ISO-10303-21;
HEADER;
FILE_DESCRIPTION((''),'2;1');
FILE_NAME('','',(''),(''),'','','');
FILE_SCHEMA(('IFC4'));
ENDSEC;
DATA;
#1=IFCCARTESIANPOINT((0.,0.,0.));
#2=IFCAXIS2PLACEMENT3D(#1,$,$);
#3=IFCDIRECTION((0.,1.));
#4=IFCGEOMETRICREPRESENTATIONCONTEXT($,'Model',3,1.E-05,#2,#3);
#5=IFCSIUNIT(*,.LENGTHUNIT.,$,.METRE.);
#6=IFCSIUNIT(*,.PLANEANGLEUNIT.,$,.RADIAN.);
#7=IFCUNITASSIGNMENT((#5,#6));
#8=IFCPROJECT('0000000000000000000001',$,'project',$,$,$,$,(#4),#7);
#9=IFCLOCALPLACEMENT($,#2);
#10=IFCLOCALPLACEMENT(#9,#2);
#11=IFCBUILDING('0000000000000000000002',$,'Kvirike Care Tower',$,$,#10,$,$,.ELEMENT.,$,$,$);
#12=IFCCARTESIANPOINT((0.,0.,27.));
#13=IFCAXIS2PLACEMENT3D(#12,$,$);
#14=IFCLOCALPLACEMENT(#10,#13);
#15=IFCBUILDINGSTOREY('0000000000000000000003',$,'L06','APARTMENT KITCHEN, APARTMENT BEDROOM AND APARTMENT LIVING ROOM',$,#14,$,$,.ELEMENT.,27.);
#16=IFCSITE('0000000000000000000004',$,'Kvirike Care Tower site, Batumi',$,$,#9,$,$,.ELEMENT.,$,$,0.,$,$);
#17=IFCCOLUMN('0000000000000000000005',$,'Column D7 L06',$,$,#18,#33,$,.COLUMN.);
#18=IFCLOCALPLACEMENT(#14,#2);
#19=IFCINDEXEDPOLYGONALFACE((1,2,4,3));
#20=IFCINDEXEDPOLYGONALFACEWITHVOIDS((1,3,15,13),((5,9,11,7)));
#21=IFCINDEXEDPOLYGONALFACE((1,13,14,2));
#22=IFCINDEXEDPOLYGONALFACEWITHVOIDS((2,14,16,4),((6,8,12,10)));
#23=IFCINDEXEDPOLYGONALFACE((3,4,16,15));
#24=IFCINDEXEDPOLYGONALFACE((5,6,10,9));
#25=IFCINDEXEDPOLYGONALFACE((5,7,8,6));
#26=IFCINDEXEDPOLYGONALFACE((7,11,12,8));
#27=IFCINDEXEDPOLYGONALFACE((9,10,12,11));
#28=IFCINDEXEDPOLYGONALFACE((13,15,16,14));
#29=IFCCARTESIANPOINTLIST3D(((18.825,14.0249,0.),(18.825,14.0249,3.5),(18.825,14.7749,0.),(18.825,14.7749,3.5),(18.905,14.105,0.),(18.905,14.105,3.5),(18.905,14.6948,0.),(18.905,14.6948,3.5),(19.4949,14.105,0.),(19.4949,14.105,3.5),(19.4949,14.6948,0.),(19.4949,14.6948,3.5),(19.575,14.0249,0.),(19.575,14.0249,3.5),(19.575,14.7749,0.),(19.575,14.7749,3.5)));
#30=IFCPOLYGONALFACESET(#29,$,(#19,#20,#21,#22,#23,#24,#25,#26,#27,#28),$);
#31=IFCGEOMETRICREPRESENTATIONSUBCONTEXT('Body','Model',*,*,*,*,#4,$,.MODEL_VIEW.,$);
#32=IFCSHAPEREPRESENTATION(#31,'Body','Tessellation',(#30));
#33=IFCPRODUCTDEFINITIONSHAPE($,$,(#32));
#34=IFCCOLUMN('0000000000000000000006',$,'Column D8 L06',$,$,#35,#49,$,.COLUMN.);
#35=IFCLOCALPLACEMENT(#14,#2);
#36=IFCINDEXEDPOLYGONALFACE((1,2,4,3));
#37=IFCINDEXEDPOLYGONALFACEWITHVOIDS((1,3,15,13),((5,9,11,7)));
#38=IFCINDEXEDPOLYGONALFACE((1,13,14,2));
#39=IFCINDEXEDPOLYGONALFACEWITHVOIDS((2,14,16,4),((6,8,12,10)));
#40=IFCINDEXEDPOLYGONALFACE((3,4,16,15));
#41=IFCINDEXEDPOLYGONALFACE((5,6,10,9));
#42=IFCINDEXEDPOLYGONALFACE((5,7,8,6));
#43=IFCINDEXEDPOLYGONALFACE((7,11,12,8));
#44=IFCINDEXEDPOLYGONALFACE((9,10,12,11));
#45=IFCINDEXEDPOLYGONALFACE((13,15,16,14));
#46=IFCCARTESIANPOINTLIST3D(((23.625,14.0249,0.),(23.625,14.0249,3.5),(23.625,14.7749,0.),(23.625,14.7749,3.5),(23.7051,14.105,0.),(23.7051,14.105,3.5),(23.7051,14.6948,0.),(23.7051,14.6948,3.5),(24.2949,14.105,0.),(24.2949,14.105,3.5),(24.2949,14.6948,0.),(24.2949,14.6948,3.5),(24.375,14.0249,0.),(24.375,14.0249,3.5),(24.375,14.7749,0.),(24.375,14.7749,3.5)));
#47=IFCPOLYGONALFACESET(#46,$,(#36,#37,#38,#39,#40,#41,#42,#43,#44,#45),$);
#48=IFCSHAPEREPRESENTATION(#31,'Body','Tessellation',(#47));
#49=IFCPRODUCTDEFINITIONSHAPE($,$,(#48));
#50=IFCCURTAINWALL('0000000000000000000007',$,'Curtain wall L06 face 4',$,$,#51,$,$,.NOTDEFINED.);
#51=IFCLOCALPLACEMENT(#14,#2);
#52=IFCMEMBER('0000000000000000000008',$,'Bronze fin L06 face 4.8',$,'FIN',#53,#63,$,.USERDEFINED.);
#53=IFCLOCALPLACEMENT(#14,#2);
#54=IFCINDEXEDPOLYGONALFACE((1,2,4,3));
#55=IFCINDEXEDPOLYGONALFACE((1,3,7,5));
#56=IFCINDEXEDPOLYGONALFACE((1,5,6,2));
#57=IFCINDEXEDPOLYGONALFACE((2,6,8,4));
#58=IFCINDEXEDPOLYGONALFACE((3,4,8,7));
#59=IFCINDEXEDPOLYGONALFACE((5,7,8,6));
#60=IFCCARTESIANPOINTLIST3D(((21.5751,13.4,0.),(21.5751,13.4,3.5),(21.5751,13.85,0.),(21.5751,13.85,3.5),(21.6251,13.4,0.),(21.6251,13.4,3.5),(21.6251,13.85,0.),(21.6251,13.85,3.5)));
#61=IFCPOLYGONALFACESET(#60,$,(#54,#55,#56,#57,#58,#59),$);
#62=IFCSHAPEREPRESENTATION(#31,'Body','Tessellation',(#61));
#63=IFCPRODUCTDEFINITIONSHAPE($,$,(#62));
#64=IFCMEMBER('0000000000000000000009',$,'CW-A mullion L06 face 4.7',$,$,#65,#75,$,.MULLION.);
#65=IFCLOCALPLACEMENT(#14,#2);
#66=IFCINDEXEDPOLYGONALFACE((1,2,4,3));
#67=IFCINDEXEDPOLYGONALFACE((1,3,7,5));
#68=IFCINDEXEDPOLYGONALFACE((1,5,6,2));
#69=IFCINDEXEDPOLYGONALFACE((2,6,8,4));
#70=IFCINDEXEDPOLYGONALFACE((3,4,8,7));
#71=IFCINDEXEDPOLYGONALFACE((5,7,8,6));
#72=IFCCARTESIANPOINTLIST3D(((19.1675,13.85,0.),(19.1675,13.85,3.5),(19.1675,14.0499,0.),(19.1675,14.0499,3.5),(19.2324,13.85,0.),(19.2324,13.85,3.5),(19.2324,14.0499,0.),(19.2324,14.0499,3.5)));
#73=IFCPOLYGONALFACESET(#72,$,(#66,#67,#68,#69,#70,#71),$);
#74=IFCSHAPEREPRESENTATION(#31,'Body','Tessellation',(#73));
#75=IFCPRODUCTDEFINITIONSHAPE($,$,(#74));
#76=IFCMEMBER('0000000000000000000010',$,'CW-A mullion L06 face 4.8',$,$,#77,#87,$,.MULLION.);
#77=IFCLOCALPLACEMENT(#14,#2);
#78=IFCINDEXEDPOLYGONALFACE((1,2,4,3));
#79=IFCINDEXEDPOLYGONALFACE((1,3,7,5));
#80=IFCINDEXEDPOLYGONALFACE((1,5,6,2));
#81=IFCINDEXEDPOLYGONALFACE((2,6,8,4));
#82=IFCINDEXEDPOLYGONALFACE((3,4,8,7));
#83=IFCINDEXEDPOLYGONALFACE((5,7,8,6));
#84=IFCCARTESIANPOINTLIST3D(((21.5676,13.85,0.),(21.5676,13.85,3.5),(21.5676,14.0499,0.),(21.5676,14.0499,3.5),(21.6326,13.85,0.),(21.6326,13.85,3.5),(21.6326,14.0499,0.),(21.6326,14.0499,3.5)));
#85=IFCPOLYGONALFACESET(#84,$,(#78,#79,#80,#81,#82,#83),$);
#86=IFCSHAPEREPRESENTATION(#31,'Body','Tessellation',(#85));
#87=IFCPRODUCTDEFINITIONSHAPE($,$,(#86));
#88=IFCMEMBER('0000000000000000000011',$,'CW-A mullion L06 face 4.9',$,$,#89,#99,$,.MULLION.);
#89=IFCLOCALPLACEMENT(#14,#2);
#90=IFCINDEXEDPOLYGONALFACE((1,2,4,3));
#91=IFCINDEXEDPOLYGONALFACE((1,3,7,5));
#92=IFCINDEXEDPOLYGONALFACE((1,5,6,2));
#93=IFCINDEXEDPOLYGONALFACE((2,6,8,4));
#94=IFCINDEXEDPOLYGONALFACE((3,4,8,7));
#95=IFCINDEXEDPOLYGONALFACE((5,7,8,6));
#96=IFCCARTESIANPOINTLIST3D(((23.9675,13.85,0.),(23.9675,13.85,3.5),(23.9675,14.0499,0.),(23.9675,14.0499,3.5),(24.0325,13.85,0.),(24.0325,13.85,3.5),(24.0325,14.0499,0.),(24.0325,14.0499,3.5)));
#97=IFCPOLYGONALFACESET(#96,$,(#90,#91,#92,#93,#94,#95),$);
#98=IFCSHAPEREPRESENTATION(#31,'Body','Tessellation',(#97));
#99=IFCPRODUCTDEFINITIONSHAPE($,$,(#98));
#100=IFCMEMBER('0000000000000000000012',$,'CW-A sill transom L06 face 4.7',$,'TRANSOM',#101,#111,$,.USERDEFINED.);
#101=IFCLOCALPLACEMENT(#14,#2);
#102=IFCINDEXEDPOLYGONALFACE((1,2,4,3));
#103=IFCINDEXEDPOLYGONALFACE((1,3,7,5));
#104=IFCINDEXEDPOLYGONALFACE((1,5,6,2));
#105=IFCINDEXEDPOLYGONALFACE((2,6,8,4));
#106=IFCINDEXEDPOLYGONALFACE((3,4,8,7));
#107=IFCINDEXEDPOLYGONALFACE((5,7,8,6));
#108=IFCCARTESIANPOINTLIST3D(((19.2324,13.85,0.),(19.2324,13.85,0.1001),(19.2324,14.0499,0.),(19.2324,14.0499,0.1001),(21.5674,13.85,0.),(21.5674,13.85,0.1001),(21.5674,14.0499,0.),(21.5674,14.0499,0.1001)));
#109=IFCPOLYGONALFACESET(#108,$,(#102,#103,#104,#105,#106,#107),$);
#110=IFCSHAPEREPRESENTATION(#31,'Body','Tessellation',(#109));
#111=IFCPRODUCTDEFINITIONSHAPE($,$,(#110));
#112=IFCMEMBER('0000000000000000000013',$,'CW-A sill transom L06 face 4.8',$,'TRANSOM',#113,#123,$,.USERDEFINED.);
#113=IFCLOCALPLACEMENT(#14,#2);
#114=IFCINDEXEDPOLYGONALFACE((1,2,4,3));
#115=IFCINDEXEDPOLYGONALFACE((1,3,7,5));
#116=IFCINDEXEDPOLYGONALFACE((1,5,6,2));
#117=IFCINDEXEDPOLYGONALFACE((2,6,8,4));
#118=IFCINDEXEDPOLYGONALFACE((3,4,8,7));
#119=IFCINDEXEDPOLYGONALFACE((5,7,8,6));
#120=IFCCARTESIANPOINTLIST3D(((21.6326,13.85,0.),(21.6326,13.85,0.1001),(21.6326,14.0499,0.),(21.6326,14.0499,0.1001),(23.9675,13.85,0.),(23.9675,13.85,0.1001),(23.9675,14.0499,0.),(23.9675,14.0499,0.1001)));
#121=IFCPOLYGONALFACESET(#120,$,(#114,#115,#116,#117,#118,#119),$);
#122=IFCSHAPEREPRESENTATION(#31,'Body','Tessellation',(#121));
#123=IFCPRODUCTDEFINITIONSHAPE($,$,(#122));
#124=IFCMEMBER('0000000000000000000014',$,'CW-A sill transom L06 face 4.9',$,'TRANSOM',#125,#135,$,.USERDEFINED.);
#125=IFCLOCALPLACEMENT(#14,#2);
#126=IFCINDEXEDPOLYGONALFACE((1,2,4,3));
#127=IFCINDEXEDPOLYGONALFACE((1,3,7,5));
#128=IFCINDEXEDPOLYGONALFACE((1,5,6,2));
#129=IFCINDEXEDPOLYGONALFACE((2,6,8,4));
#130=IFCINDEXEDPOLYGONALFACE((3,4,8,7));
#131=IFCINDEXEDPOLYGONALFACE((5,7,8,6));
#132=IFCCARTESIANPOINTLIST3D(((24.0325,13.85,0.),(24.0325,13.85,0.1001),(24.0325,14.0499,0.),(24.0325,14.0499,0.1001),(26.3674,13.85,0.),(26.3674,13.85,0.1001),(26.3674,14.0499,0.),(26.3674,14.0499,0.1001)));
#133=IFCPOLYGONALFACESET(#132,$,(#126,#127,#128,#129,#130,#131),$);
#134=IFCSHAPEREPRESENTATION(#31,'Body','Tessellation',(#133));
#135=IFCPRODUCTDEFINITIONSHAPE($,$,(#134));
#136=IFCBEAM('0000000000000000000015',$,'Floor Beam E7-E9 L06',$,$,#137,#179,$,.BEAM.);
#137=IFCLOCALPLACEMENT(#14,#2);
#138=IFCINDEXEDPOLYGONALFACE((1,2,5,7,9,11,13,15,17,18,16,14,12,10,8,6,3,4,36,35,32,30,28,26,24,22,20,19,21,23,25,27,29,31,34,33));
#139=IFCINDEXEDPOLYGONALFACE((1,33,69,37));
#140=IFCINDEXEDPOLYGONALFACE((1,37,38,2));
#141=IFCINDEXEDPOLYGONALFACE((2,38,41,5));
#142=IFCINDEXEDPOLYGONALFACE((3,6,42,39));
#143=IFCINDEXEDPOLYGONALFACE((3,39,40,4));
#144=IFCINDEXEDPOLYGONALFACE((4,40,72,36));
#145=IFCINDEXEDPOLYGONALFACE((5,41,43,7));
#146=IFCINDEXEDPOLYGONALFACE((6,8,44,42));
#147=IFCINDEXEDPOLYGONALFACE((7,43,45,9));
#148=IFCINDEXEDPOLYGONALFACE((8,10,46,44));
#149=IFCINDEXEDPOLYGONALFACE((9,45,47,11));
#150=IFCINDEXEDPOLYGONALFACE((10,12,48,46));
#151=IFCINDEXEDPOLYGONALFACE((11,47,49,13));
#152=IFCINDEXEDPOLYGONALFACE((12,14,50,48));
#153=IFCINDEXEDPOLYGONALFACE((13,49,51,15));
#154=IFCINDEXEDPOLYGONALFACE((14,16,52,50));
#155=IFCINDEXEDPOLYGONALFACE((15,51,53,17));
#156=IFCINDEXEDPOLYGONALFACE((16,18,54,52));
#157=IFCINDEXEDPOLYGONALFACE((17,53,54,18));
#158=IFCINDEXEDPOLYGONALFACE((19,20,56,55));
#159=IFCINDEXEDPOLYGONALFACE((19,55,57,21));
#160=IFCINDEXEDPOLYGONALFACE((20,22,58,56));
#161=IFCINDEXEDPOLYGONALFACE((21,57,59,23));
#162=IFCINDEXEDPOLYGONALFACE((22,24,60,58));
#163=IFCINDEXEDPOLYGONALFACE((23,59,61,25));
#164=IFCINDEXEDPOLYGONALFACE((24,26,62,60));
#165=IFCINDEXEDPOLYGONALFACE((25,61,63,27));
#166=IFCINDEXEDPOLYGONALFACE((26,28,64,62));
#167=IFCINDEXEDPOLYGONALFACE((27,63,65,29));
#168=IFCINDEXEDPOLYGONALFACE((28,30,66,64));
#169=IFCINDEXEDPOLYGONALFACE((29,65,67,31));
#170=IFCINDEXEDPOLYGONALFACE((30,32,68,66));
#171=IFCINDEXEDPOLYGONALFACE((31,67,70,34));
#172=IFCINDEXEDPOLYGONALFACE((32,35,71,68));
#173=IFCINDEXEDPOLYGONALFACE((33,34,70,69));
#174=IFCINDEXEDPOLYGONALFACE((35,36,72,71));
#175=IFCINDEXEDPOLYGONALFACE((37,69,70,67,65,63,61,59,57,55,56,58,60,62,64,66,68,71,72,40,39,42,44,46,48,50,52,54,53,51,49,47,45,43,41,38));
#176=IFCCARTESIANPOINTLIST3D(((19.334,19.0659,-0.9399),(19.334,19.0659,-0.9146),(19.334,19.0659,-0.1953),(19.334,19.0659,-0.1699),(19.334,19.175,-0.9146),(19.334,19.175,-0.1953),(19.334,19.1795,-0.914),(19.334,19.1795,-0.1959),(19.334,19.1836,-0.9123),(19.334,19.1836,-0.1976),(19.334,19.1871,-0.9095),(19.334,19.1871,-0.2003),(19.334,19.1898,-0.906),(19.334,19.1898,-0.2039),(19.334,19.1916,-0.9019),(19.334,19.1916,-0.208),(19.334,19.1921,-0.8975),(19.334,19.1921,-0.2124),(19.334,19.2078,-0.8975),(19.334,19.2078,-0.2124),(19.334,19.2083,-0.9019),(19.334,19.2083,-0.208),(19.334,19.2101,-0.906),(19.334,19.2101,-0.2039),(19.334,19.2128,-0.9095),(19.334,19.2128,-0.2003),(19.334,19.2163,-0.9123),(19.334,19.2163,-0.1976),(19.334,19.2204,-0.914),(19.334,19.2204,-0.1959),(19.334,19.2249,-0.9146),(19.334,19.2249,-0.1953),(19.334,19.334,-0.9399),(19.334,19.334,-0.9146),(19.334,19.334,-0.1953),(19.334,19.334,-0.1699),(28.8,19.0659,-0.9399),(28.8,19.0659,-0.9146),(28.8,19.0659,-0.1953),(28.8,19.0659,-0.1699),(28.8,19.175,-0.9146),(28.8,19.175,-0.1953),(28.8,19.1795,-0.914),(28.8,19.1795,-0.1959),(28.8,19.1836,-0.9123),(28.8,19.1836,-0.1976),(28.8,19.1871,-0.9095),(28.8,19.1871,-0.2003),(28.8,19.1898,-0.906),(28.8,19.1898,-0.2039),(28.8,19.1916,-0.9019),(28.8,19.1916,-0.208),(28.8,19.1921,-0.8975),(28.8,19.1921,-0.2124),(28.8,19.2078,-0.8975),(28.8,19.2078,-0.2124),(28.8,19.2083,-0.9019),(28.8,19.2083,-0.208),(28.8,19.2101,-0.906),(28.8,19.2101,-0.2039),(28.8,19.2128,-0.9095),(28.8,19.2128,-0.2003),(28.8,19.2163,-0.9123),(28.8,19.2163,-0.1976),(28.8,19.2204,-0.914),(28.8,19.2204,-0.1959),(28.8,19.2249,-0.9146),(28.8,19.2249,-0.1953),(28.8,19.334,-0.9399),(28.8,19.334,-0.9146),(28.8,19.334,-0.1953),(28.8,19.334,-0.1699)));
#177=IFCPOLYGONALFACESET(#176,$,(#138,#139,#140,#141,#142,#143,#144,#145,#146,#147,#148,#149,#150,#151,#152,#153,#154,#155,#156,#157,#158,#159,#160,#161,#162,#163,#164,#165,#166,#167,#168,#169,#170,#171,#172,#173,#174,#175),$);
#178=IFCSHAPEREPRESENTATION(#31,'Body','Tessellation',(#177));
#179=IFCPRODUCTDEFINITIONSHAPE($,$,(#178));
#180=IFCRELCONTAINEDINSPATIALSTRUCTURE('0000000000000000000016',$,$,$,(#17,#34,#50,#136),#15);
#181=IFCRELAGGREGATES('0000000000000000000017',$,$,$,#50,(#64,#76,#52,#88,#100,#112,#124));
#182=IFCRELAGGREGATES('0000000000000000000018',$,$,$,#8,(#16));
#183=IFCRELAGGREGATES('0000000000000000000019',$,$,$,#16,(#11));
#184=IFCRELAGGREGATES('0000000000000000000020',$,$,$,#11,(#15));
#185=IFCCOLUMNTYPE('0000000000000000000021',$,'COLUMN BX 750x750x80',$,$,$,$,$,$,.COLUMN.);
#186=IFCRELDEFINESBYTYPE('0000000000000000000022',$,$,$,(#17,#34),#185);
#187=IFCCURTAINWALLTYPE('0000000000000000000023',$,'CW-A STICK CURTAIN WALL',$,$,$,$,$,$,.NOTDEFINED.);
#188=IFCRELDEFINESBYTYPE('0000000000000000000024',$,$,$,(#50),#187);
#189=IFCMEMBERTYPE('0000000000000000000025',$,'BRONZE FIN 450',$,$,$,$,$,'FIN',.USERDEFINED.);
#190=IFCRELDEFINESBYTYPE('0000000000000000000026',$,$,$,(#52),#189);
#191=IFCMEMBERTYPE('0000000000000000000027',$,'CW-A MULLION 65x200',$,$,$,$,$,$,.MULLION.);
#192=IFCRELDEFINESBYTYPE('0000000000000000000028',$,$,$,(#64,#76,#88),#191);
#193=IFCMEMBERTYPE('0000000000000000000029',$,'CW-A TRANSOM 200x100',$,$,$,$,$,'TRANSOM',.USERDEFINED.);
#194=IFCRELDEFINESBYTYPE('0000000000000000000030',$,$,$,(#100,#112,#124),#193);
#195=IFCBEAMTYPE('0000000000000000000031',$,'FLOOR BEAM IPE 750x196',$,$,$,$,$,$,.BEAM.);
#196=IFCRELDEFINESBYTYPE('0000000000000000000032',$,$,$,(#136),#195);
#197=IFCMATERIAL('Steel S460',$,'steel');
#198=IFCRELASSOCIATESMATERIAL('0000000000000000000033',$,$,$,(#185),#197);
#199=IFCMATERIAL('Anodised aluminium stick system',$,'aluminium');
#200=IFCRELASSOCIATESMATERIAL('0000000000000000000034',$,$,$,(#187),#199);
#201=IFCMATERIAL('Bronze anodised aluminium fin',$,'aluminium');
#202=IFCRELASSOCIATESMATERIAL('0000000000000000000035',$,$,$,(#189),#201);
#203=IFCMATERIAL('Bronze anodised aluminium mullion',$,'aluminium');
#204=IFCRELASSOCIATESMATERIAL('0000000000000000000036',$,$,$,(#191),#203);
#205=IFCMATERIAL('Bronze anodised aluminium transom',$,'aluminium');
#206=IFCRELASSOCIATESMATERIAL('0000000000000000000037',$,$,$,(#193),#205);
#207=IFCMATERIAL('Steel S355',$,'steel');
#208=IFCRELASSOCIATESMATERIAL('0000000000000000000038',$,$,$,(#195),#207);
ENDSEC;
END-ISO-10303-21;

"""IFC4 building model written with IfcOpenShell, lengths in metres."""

from ifc_helpers import new_model, si_unit, direction, frame, origin, origin_2d, place, context, subcontext, project, spatial, rectangle, hollow_rectangle, i_section, extrude, material, material_profile, profile_set, type_object, element, aggregate, save


model = new_model("IFC4")

# Units and contexts
model_context = context("Model", 3, precision=1e-05, world=origin(), true_north=direction((0.0, 1.0)))
body_context = subcontext(model_context, "Body", "Model", "MODEL_VIEW")
ifc_project = project(units=[si_unit("LENGTHUNIT", "METRE"), si_unit("PLANEANGLEUNIT", "RADIAN")], contexts=[model_context])

# Site, building, storey
site_placement = place(None, origin())
site = spatial("IfcSite", under=ifc_project, at=site_placement, Name="Kvirike Care Tower site, Batumi", CompositionType="ELEMENT", RefElevation=0.0)
building_placement = place(site_placement, origin())
building = spatial("IfcBuilding", under=site, at=building_placement, Name="Kvirike Care Tower", CompositionType="ELEMENT")
storey_placement = place(building_placement, frame((0.0, 0.0, 27.0)))
storey = spatial("IfcBuildingStorey", under=building, at=storey_placement, Name="L06", Description="APARTMENT KITCHEN, APARTMENT BEDROOM AND APARTMENT LIVING ROOM", CompositionType="ELEMENT", Elevation=27.0)

# Columns
ifc_material_1 = material(Name="Steel S460", Category="steel")
ifc_material_profile_1 = material_profile(ifc_material_1, hollow_rectangle(XDim=0.75, YDim=0.75, WallThickness=0.0801, at=origin_2d()), Name="BX 750x750x80")
ifc_profile_set_1 = profile_set([ifc_material_profile_1], Name="Steel S460")
column_type = type_object("IfcColumnType", Name="COLUMN BX 750x750x80", PredefinedType="COLUMN", material=ifc_profile_set_1)
for number, where, z_axis, x_axis, name in (
    (1, (19.2, 14.3999, 0.0), (0.0, 0.0, 1.0), (0.0, 1.0, 0.0), "Column D7 L06"),
    (2, (24.0, 14.3999, 0.0), (0.0, 0.0, 1.0), (0.0, 1.0, 0.0), "Column D8 L06"),
):
    element("IfcColumn", number, at=place(storey_placement, frame(where, z_axis=z_axis, x_axis=x_axis)), inside=storey, type_object=column_type, Name=name, PredefinedType="COLUMN", context=body_context, shape_type="SweptSolid", body=[
        extrude(hollow_rectangle(XDim=0.75, YDim=0.75, WallThickness=0.0801, at=origin_2d()), origin(), (0.0, 0.0, 1.0), 3.5),
    ])

# Curtain wall, members
ifc_material_2 = material(Name="Anodised aluminium stick system", Category="aluminium")
curtain_wall_type = type_object("IfcCurtainWallType", Name="CW-A STICK CURTAIN WALL", PredefinedType="NOTDEFINED", material=ifc_material_2)
curtain_wall_placement = place(storey_placement, origin())
curtain_wall = element("IfcCurtainWall", 3, at=curtain_wall_placement, inside=storey, type_object=curtain_wall_type, Name="Curtain wall L06 face 4", PredefinedType="NOTDEFINED")
ifc_material_3 = material(Name="Bronze anodised aluminium fin", Category="aluminium")
ifc_material_profile_2 = material_profile(ifc_material_3, rectangle(XDim=0.05, YDim=0.45, at=origin_2d()), Name="BRONZE FIN 450")
ifc_profile_set_2 = profile_set([ifc_material_profile_2], Name="Bronze anodised aluminium fin")
member_type_1 = type_object("IfcMemberType", Name="BRONZE FIN 450", ElementType="FIN", PredefinedType="USERDEFINED", material=ifc_profile_set_2)
member_1_placement = place(storey_placement, frame((21.6001, 13.625, 0.0), z_axis=(0.0, 0.0, 1.0), x_axis=(1.0, 0.0, 0.0)))
member_1 = element("IfcMember", 4, at=member_1_placement, type_object=member_type_1, Name="Bronze fin L06 face 4.8", ObjectType="FIN", PredefinedType="USERDEFINED", context=body_context, shape_type="SweptSolid", body=[
    extrude(rectangle(XDim=0.05, YDim=0.45, at=origin_2d()), origin(), (0.0, 0.0, 1.0), 3.5),
])
ifc_material_4 = material(Name="Bronze anodised aluminium mullion", Category="aluminium")
ifc_material_profile_3 = material_profile(ifc_material_4, rectangle(XDim=0.0649, YDim=0.2, at=origin_2d()), Name="CW-A MULLION 65x200")
ifc_profile_set_3 = profile_set([ifc_material_profile_3], Name="Bronze anodised aluminium mullion")
member_type_2 = type_object("IfcMemberType", Name="CW-A MULLION 65x200", PredefinedType="MULLION", material=ifc_profile_set_3)
member_2_placement = place(storey_placement, frame((19.2, 13.95, 0.0), z_axis=(0.0, 0.0, 1.0), x_axis=(1.0, 0.0, 0.0)))
member_2 = element("IfcMember", 5, at=member_2_placement, type_object=member_type_2, Name="CW-A mullion L06 face 4.7", PredefinedType="MULLION", context=body_context, shape_type="SweptSolid", body=[
    extrude(rectangle(XDim=0.0649, YDim=0.2, at=origin_2d()), origin(), (0.0, 0.0, 1.0), 3.5),
])
member_3_placement = place(storey_placement, frame((21.6001, 13.95, 0.0), z_axis=(0.0, 0.0, 1.0), x_axis=(1.0, 0.0, 0.0)))
member_3 = element("IfcMember", 6, at=member_3_placement, type_object=member_type_2, Name="CW-A mullion L06 face 4.8", PredefinedType="MULLION", context=body_context, shape_type="SweptSolid", body=[
    extrude(rectangle(XDim=0.0649, YDim=0.2, at=origin_2d()), origin(), (0.0, 0.0, 1.0), 3.5),
])
member_4_placement = place(storey_placement, frame((24.0, 13.95, 0.0), z_axis=(0.0, 0.0, 1.0), x_axis=(1.0, 0.0, 0.0)))
member_4 = element("IfcMember", 7, at=member_4_placement, type_object=member_type_2, Name="CW-A mullion L06 face 4.9", PredefinedType="MULLION", context=body_context, shape_type="SweptSolid", body=[
    extrude(rectangle(XDim=0.0649, YDim=0.2, at=origin_2d()), origin(), (0.0, 0.0, 1.0), 3.5),
])
ifc_material_5 = material(Name="Bronze anodised aluminium transom", Category="aluminium")
ifc_material_profile_4 = material_profile(ifc_material_5, rectangle(XDim=0.2, YDim=0.1001, at=origin_2d()), Name="CW-A TRANSOM 200x100")
ifc_profile_set_4 = profile_set([ifc_material_profile_4], Name="Bronze anodised aluminium transom")
member_type_3 = type_object("IfcMemberType", Name="CW-A TRANSOM 200x100", ElementType="TRANSOM", PredefinedType="USERDEFINED", material=ifc_profile_set_4)
member_5_placement = place(storey_placement, frame((19.2324, 13.95, 0.05), z_axis=(1.0, 0.0, 0.0), x_axis=(0.0, 1.0, 0.0)))
member_5 = element("IfcMember", 8, at=member_5_placement, type_object=member_type_3, Name="CW-A sill transom L06 face 4.7", ObjectType="TRANSOM", PredefinedType="USERDEFINED", context=body_context, shape_type="SweptSolid", body=[
    extrude(rectangle(XDim=0.2, YDim=0.1001, at=origin_2d()), origin(), (0.0, 0.0, 1.0), 2.335),
])
member_6_placement = place(storey_placement, frame((21.6326, 13.95, 0.05), z_axis=(1.0, 0.0, 0.0), x_axis=(0.0, 1.0, 0.0)))
member_6 = element("IfcMember", 9, at=member_6_placement, type_object=member_type_3, Name="CW-A sill transom L06 face 4.8", ObjectType="TRANSOM", PredefinedType="USERDEFINED", context=body_context, shape_type="SweptSolid", body=[
    extrude(rectangle(XDim=0.2, YDim=0.1001, at=origin_2d()), origin(), (0.0, 0.0, 1.0), 2.335),
])
member_7_placement = place(storey_placement, frame((24.0325, 13.95, 0.05), z_axis=(1.0, 0.0, 0.0), x_axis=(0.0, 1.0, 0.0)))
member_7 = element("IfcMember", 10, at=member_7_placement, type_object=member_type_3, Name="CW-A sill transom L06 face 4.9", ObjectType="TRANSOM", PredefinedType="USERDEFINED", context=body_context, shape_type="SweptSolid", body=[
    extrude(rectangle(XDim=0.2, YDim=0.1001, at=origin_2d()), origin(), (0.0, 0.0, 1.0), 2.335),
])

# Beam
ifc_material_6 = material(Name="Steel S355", Category="steel")
ifc_material_profile_5 = material_profile(ifc_material_6, i_section(OverallWidth=0.2681, OverallDepth=0.77, WebThickness=0.0156, FlangeThickness=0.0254, FilletRadius=0.0171, at=origin_2d()), Name="IPE 750x196")
ifc_profile_set_5 = profile_set([ifc_material_profile_5], Name="Steel S355")
beam_type_1 = type_object("IfcBeamType", Name="FLOOR BEAM IPE 750x196", PredefinedType="BEAM", material=ifc_profile_set_5)
beam_1_placement = place(storey_placement, frame((19.334, 19.2, -0.5549), z_axis=(1.0, 0.0, 0.0), x_axis=(0.0, 1.0, 0.0)))
element("IfcBeam", 11, at=beam_1_placement, inside=storey, type_object=beam_type_1, Name="Floor Beam E7-E9 L06", PredefinedType="BEAM", context=body_context, shape_type="SweptSolid", body=[
    extrude(i_section(OverallWidth=0.2681, OverallDepth=0.77, WebThickness=0.0156, FlangeThickness=0.0254, FilletRadius=0.0171, at=origin_2d()), origin(), (0.0, 0.0, 1.0), 9.4661),
])

aggregate(curtain_wall, [member_2, member_3, member_1, member_4, member_5, member_6, member_7])

save(model, "model.ifc")
